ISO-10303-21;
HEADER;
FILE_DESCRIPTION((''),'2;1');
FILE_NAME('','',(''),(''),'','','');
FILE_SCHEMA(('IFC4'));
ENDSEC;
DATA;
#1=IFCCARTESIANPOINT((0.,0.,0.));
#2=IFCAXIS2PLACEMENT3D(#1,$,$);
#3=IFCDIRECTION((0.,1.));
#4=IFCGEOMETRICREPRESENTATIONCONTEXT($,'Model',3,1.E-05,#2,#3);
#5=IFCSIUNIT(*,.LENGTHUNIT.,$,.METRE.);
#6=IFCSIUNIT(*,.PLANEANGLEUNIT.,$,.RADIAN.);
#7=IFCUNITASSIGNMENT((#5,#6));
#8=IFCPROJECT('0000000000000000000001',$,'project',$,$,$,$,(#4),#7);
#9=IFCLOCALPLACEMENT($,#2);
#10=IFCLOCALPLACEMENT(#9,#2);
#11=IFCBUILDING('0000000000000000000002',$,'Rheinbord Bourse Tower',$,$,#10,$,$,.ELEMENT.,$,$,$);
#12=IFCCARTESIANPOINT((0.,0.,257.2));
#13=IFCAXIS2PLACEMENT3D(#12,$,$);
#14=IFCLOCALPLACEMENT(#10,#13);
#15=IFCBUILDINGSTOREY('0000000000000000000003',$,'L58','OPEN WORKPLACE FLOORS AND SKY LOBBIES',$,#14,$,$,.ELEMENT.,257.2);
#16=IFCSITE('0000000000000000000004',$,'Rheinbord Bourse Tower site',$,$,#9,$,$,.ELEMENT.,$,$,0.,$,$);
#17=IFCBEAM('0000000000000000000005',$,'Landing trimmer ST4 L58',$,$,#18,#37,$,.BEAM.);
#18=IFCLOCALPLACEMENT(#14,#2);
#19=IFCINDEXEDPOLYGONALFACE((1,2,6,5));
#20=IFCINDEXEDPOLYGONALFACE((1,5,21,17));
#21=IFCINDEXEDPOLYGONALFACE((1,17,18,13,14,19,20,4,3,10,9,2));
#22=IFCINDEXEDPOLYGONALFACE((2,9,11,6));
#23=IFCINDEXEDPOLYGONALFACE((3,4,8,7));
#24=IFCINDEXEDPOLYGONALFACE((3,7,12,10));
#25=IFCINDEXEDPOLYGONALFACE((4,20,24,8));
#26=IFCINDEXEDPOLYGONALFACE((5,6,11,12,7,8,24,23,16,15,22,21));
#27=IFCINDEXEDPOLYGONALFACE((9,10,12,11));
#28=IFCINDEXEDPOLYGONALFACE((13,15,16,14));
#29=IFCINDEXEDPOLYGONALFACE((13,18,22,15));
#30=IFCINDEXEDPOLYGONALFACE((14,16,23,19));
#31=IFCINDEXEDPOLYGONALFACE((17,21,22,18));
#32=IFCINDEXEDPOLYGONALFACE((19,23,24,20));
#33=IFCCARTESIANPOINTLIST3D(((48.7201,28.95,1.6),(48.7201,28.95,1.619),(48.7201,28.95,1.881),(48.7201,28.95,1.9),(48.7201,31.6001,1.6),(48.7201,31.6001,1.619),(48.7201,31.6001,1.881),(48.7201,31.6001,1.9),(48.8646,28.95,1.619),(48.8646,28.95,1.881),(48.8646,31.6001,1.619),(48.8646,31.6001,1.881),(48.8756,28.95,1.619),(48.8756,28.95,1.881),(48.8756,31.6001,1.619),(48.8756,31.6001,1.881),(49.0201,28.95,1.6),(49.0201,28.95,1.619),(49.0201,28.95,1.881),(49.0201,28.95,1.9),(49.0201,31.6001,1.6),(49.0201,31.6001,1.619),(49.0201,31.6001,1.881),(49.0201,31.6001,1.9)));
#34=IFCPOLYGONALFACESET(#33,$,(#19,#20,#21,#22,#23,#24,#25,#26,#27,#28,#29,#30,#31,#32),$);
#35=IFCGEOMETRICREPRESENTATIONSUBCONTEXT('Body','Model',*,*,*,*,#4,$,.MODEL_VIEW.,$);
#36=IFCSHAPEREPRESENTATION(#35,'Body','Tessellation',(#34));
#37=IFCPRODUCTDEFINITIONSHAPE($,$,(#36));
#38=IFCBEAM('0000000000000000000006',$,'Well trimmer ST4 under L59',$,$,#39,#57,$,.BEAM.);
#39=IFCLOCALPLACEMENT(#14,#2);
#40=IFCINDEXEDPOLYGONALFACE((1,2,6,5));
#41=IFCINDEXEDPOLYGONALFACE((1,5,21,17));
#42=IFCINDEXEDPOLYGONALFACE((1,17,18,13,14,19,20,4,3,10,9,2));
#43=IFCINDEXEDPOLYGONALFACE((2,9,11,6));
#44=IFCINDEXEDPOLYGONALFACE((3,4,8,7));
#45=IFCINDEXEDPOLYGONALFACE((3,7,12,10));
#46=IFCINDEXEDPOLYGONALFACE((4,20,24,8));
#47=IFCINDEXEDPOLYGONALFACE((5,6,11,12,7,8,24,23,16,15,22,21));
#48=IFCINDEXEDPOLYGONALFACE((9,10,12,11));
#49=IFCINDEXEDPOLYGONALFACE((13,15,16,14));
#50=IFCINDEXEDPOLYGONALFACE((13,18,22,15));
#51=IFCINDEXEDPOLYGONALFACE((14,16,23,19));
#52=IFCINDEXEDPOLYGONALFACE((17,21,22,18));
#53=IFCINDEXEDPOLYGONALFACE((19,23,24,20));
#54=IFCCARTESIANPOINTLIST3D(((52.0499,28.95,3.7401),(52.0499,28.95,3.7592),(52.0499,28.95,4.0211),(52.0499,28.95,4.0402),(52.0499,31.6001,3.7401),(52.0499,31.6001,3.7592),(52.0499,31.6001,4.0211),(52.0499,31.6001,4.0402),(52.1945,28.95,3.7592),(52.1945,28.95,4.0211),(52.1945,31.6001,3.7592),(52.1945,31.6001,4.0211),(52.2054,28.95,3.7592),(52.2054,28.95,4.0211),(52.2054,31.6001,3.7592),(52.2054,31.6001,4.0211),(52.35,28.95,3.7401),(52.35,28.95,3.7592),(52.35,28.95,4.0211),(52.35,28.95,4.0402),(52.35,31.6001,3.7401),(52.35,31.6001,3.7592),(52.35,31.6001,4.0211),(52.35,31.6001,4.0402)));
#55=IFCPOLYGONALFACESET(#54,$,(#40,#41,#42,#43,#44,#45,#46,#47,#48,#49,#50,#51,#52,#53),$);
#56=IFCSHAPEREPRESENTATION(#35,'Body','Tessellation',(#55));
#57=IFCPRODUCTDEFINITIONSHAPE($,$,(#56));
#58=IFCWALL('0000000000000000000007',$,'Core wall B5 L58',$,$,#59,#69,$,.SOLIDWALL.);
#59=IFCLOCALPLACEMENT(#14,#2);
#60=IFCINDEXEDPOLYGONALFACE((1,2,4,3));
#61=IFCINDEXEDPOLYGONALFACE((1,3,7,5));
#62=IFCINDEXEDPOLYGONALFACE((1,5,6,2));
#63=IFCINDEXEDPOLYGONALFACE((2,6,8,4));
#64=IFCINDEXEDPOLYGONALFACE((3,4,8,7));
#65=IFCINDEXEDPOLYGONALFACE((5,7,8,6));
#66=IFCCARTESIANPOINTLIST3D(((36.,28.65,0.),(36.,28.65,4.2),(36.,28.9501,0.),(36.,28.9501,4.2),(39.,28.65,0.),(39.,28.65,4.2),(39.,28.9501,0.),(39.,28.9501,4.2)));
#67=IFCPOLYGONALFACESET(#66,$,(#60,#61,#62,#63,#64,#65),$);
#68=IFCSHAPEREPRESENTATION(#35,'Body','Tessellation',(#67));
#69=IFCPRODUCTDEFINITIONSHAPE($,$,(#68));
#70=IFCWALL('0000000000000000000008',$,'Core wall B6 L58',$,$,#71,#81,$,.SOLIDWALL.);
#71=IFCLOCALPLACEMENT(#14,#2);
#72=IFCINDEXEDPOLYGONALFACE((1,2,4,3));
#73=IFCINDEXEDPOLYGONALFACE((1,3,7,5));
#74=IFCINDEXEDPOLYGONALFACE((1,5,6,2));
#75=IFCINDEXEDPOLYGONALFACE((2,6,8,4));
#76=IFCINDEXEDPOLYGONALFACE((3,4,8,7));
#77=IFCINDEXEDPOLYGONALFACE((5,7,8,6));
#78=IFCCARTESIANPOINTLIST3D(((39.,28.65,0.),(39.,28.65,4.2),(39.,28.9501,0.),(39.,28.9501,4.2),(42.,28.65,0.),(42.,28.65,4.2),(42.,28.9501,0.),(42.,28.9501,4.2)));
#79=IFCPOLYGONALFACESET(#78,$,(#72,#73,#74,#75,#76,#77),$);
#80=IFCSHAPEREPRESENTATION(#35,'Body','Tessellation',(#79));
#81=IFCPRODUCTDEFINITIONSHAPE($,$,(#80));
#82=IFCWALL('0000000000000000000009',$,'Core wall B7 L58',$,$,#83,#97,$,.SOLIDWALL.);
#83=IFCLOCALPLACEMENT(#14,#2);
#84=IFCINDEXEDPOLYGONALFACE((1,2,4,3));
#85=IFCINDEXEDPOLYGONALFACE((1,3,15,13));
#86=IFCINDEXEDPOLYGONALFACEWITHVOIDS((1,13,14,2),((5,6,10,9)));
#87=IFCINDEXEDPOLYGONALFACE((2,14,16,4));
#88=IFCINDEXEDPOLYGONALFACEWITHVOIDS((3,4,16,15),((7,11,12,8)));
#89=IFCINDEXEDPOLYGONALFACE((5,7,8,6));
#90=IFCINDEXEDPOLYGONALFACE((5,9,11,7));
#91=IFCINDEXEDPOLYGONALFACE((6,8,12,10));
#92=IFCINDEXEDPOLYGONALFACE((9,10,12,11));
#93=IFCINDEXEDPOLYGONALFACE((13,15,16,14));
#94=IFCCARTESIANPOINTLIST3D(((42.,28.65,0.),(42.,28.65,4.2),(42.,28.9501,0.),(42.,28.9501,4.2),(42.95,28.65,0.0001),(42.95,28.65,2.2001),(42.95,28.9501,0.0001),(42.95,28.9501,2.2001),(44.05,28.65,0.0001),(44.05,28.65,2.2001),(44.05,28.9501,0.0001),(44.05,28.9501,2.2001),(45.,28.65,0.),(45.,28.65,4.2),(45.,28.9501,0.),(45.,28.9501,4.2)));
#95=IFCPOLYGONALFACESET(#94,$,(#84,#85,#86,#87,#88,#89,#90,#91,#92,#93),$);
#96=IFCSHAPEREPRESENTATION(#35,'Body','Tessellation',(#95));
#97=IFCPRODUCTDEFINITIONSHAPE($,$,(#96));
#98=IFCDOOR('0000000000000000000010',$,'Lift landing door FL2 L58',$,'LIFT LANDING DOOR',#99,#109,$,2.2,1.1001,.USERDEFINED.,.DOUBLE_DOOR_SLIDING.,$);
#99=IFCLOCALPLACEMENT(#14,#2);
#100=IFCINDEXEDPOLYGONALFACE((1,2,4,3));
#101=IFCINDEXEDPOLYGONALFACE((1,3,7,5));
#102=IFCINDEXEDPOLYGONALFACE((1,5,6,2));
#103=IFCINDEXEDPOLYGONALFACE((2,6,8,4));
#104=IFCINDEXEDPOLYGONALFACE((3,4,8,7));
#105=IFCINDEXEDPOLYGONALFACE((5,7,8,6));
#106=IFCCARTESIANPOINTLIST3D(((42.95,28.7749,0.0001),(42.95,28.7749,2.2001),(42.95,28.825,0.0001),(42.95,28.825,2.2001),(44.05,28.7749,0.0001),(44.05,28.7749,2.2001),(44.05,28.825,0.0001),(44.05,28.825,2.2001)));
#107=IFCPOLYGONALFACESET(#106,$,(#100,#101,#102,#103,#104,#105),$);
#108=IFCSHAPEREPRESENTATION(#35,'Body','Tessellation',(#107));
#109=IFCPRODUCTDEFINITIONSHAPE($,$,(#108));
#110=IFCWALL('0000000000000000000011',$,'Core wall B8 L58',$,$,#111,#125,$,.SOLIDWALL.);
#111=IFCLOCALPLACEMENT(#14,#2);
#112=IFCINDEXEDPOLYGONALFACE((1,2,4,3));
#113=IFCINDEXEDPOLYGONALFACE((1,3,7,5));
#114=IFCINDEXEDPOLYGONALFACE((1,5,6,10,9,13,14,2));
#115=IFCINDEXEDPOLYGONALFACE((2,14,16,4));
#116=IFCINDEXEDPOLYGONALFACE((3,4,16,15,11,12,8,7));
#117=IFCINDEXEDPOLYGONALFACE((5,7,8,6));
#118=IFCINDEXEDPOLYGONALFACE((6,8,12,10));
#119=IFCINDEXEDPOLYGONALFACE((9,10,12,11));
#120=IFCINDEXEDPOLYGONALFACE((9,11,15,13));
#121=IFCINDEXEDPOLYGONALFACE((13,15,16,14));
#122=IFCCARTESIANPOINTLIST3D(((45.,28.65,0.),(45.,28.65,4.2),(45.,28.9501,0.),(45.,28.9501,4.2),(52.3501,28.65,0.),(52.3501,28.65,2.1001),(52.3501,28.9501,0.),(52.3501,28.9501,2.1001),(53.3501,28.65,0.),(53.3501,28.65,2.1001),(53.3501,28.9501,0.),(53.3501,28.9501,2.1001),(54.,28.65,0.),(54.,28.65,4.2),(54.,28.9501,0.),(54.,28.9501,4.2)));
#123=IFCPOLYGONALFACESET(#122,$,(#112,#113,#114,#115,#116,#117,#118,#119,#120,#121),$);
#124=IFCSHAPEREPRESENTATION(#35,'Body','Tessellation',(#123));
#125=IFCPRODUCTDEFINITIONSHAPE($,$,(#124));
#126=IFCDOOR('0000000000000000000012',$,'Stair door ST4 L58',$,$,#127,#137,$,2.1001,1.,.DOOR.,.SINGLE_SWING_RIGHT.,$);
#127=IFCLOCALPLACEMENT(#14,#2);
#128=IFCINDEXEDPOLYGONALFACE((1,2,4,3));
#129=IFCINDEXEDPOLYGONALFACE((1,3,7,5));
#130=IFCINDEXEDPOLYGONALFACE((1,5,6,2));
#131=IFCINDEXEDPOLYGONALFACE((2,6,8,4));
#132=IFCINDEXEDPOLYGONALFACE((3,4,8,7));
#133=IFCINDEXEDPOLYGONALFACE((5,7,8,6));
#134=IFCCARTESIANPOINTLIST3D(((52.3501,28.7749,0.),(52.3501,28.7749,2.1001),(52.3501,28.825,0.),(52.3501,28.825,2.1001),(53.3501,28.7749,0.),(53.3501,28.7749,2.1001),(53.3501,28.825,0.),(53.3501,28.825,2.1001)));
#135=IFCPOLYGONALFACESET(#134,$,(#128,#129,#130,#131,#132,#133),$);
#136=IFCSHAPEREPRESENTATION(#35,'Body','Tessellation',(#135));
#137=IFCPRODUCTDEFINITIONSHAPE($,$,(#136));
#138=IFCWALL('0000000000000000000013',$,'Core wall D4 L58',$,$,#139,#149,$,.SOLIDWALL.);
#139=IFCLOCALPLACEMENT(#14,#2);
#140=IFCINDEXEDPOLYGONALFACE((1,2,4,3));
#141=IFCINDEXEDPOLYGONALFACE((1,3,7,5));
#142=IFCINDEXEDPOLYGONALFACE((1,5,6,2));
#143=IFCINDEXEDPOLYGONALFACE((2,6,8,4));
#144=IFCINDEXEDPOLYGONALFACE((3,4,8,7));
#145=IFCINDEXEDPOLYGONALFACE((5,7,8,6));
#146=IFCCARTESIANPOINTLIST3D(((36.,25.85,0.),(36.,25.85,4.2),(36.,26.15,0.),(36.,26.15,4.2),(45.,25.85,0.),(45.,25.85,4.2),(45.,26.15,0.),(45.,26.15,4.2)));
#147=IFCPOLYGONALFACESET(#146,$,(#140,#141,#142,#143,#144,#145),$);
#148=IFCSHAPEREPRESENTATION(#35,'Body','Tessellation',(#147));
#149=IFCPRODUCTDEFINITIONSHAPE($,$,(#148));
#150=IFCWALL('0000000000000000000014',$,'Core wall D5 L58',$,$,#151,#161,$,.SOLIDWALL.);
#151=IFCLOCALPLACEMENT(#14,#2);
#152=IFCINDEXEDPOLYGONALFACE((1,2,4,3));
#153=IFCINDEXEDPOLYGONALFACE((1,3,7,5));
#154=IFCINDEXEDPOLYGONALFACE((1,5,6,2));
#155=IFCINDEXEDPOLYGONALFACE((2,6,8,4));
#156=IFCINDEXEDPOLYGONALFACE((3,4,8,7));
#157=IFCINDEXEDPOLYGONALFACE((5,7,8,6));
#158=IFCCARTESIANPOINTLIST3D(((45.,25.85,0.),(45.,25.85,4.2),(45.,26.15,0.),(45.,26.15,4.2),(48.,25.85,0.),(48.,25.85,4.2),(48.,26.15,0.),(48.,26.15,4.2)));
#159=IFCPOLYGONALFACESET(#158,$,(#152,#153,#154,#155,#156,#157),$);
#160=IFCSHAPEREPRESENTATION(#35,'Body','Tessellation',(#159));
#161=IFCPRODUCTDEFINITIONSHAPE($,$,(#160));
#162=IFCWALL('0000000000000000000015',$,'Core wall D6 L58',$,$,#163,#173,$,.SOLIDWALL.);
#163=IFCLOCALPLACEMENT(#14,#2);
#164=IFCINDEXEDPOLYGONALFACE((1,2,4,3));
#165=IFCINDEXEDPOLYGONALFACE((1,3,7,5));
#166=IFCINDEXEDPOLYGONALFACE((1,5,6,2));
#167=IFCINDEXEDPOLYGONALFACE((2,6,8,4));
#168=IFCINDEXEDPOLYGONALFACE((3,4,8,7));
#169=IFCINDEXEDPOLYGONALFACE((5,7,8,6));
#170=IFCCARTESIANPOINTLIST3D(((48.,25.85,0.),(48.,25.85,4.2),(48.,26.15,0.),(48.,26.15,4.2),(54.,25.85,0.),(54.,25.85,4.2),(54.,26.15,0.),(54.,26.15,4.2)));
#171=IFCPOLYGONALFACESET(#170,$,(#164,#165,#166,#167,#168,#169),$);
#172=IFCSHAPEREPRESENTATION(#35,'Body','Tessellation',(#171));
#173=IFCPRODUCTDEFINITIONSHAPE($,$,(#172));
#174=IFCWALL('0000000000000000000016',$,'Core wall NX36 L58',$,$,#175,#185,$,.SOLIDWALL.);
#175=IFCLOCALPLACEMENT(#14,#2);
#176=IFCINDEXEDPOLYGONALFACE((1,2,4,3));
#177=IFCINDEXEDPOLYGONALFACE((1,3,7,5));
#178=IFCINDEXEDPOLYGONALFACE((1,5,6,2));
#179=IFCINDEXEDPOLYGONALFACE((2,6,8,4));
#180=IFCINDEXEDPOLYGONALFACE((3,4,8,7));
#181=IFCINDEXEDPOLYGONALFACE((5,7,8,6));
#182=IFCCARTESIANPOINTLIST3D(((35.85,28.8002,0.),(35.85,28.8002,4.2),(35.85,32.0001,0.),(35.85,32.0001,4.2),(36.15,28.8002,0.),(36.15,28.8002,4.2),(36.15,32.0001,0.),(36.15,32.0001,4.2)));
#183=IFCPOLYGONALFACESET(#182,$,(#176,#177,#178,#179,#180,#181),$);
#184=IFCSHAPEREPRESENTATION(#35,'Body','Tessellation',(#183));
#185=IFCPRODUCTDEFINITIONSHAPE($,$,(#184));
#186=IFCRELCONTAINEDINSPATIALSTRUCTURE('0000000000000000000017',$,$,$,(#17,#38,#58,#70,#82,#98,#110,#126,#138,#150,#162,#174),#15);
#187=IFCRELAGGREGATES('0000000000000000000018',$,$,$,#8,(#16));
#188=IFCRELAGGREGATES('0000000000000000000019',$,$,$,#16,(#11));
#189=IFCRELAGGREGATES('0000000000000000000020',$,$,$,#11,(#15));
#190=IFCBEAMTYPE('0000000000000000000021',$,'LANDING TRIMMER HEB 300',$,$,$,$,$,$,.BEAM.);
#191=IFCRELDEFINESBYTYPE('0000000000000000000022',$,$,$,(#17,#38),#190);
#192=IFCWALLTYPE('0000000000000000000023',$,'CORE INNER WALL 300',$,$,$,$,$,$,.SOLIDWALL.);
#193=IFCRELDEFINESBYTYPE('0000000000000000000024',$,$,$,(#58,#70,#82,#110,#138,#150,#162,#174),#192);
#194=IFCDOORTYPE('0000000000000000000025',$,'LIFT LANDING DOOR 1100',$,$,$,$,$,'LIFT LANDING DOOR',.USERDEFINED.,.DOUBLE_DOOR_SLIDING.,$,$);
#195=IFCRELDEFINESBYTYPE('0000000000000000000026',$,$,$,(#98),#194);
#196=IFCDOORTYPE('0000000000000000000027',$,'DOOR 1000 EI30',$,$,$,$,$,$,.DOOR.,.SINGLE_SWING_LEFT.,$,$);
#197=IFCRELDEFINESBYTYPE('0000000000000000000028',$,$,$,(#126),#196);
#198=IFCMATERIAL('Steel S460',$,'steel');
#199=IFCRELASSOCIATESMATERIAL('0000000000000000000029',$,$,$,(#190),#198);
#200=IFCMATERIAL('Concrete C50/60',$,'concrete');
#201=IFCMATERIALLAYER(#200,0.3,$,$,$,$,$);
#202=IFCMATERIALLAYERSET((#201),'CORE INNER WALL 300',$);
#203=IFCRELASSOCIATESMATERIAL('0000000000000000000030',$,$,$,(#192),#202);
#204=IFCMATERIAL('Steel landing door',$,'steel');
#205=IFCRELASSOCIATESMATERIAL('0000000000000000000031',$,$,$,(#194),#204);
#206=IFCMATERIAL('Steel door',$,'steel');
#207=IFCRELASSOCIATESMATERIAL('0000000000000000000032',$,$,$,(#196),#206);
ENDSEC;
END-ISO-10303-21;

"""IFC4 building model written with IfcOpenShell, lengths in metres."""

from ifc_helpers import new_model, si_unit, direction, frame, frame_2d, origin, origin_2d, place, context, subcontext, project, spatial, rectangle, i_section, extrude, material, layer, layer_set, material_profile, profile_set, type_object, element, fill, save


model = new_model("IFC4")

# Units and contexts
model_context = context("Model", 3, precision=1e-05, world=origin(), true_north=direction((0.0, 1.0)))
body_context = subcontext(model_context, "Body", "Model", "MODEL_VIEW")
ifc_project = project(units=[si_unit("LENGTHUNIT", "METRE"), si_unit("PLANEANGLEUNIT", "RADIAN")], contexts=[model_context])

# Site, building, storey
site_placement = place(None, origin())
site = spatial("IfcSite", under=ifc_project, at=site_placement, Name="Rheinbord Bourse Tower site", CompositionType="ELEMENT", RefElevation=0.0)
building_placement = place(site_placement, origin())
building = spatial("IfcBuilding", under=site, at=building_placement, Name="Rheinbord Bourse Tower", CompositionType="ELEMENT")
storey_placement = place(building_placement, frame((0.0, 0.0, 257.2)))
storey = spatial("IfcBuildingStorey", under=building, at=storey_placement, Name="L58", Description="OPEN WORKPLACE FLOORS AND SKY LOBBIES", CompositionType="ELEMENT", Elevation=257.2)

# Beams
ifc_material_1 = material(Name="Steel S460", Category="steel")
ifc_material_profile = material_profile(ifc_material_1, i_section(OverallWidth=0.3, OverallDepth=0.3, WebThickness=0.011, FlangeThickness=0.019, at=origin_2d()), Name="HEB 300")
ifc_profile_set = profile_set([ifc_material_profile], Name="Steel S460")
beam_type = type_object("IfcBeamType", Name="LANDING TRIMMER HEB 300", PredefinedType="BEAM", material=ifc_profile_set)
for number, where, z_axis, x_axis, name in (
    (1, (48.8701, 28.95, 1.75), (0.0, 1.0, 0.0), (-1.0, 0.0, 0.0), "Landing trimmer ST4 L58"),
    (2, (52.2, 28.95, 3.8901), (0.0, 1.0, 0.0), (-1.0, 0.0, 0.0), "Well trimmer ST4 under L59"),
):
    element("IfcBeam", number, at=place(storey_placement, frame(where, z_axis=z_axis, x_axis=x_axis)), inside=storey, type_object=beam_type, Name=name, PredefinedType="BEAM", context=body_context, shape_type="SweptSolid", body=[
        extrude(i_section(OverallWidth=0.3, OverallDepth=0.3, WebThickness=0.011, FlangeThickness=0.019, at=origin_2d()), origin(), (0.0, 0.0, 1.0), 2.6501),
    ])

# Walls
ifc_material_2 = material(Name="Concrete C50/60", Category="concrete")
ifc_layer_1 = layer(ifc_material_2, 0.3)
ifc_layer_set_1 = layer_set([ifc_layer_1], Name="CORE INNER WALL 300")
wall_type_1 = type_object("IfcWallType", Name="CORE INNER WALL 300", PredefinedType="SOLIDWALL", material=ifc_layer_set_1)
for number, where, z_axis, x_axis, name in (
    (3, (36.0, 28.8, 0.0), (0.0, 0.0, 1.0), (1.0, 0.0, 0.0), "Core wall B5 L58"),
    (4, (39.0, 28.8, 0.0), (0.0, 0.0, 1.0), (1.0, 0.0, 0.0), "Core wall B6 L58"),
):
    element("IfcWall", number, at=place(storey_placement, frame(where, z_axis=z_axis, x_axis=x_axis)), inside=storey, type_object=wall_type_1, Name=name, PredefinedType="SOLIDWALL", context=body_context, shape_type="SweptSolid", body=[
        extrude(rectangle(XDim=3.0, YDim=0.3, at=frame_2d((1.5, 0.0))), origin(), (0.0, 0.0, 1.0), 4.2),
    ])

# Walls, openings, doors
wall_1_placement = place(storey_placement, frame((42.0, 28.8, 0.0), z_axis=(0.0, 0.0, 1.0), x_axis=(1.0, 0.0, 0.0)))
wall_1 = element("IfcWall", 5, at=wall_1_placement, inside=storey, type_object=wall_type_1, Name="Core wall B7 L58", PredefinedType="SOLIDWALL", context=body_context, shape_type="SweptSolid", body=[
    extrude(rectangle(XDim=3.0, YDim=0.3, at=frame_2d((1.5, 0.0))), origin(), (0.0, 0.0, 1.0), 4.2),
])
opening_1_placement = place(wall_1_placement, frame((0.95, 0.0, 0.0)))
opening_1 = element("IfcOpeningElement", 6, at=opening_1_placement, cuts=wall_1, PredefinedType="OPENING", context=body_context, shape_type="SweptSolid", body=[
    extrude(rectangle(XDim=1.1001, YDim=2.2, at=frame_2d((0.55, 1.1001))), frame((0.0, 0.1599, 0.0), z_axis=(0.0, -1.0, 0.0), x_axis=(1.0, 0.0, 0.0)), (0.0, 0.0, 1.0), 0.3201),
])
ifc_material_3 = material(Name="Steel landing door", Category="steel")
door_type_1 = type_object("IfcDoorType", Name="LIFT LANDING DOOR 1100", ElementType="LIFT LANDING DOOR", OperationType="DOUBLE_DOOR_SLIDING", PredefinedType="USERDEFINED", material=ifc_material_3)
door_1_placement = place(opening_1_placement, origin())
door_1 = element("IfcDoor", 7, at=door_1_placement, inside=storey, type_object=door_type_1, Name="Lift landing door FL2 L58", ObjectType="LIFT LANDING DOOR", OperationType="DOUBLE_DOOR_SLIDING", OverallHeight=2.2, OverallWidth=1.1001, PredefinedType="USERDEFINED", context=body_context, shape_type="SweptSolid", body=[
    extrude(rectangle(XDim=1.1001, YDim=2.2, at=frame_2d((0.55, 1.1001))), frame((0.0, 0.0249, 0.0), z_axis=(0.0, -1.0, 0.0), x_axis=(1.0, 0.0, 0.0)), (0.0, 0.0, 1.0), 0.05),
])
fill(opening_1, door_1)
wall_2_placement = place(storey_placement, frame((45.0, 28.8, 0.0), z_axis=(0.0, 0.0, 1.0), x_axis=(1.0, 0.0, 0.0)))
wall_2 = element("IfcWall", 8, at=wall_2_placement, inside=storey, type_object=wall_type_1, Name="Core wall B8 L58", PredefinedType="SOLIDWALL", context=body_context, shape_type="SweptSolid", body=[
    extrude(rectangle(XDim=9.0, YDim=0.3, at=frame_2d((4.5, 0.0))), origin(), (0.0, 0.0, 1.0), 4.2),
])
opening_2_placement = place(wall_2_placement, frame((7.3501, 0.0, 0.0)))
opening_2 = element("IfcOpeningElement", 9, at=opening_2_placement, cuts=wall_2, PredefinedType="OPENING", context=body_context, shape_type="SweptSolid", body=[
    extrude(rectangle(XDim=1.0, YDim=2.1001, at=frame_2d((0.5, 1.05))), frame((0.0, 0.1599, 0.0), z_axis=(0.0, -1.0, 0.0), x_axis=(1.0, 0.0, 0.0)), (0.0, 0.0, 1.0), 0.3201),
])
ifc_material_4 = material(Name="Steel door", Category="steel")
door_type_2 = type_object("IfcDoorType", Name="DOOR 1000 EI30", OperationType="SINGLE_SWING_LEFT", PredefinedType="DOOR", material=ifc_material_4)
door_2_placement = place(opening_2_placement, origin())
door_2 = element("IfcDoor", 10, at=door_2_placement, inside=storey, type_object=door_type_2, Name="Stair door ST4 L58", OperationType="SINGLE_SWING_RIGHT", OverallHeight=2.1001, OverallWidth=1.0, PredefinedType="DOOR", context=body_context, shape_type="SweptSolid", body=[
    extrude(rectangle(XDim=1.0, YDim=2.1001, at=frame_2d((0.5, 1.05))), frame((0.0, 0.0249, 0.0), z_axis=(0.0, -1.0, 0.0), x_axis=(1.0, 0.0, 0.0)), (0.0, 0.0, 1.0), 0.05),
])
fill(opening_2, door_2)

# Walls
wall_3_placement = place(storey_placement, frame((36.0, 26.0, 0.0), z_axis=(0.0, 0.0, 1.0), x_axis=(1.0, 0.0, 0.0)))
element("IfcWall", 11, at=wall_3_placement, inside=storey, type_object=wall_type_1, Name="Core wall D4 L58", PredefinedType="SOLIDWALL", context=body_context, shape_type="SweptSolid", body=[
    extrude(rectangle(XDim=9.0, YDim=0.3, at=frame_2d((4.5, 0.0))), origin(), (0.0, 0.0, 1.0), 4.2),
])
wall_4_placement = place(storey_placement, frame((45.0, 26.0, 0.0), z_axis=(0.0, 0.0, 1.0), x_axis=(1.0, 0.0, 0.0)))
element("IfcWall", 12, at=wall_4_placement, inside=storey, type_object=wall_type_1, Name="Core wall D5 L58", PredefinedType="SOLIDWALL", context=body_context, shape_type="SweptSolid", body=[
    extrude(rectangle(XDim=3.0, YDim=0.3, at=frame_2d((1.5, 0.0))), origin(), (0.0, 0.0, 1.0), 4.2),
])
wall_5_placement = place(storey_placement, frame((48.0, 26.0, 0.0), z_axis=(0.0, 0.0, 1.0), x_axis=(1.0, 0.0, 0.0)))
element("IfcWall", 13, at=wall_5_placement, inside=storey, type_object=wall_type_1, Name="Core wall D6 L58", PredefinedType="SOLIDWALL", context=body_context, shape_type="SweptSolid", body=[
    extrude(rectangle(XDim=6.0, YDim=0.3, at=frame_2d((3.0, 0.0))), origin(), (0.0, 0.0, 1.0), 4.2),
])
for number, where, z_axis, x_axis, name in (
    (14, (36.0, 28.8, 0.0), (0.0, 0.0, 1.0), (0.0, 1.0, 0.0), "Core wall NX36 L58"),
):
    element("IfcWall", number, at=place(storey_placement, frame(where, z_axis=z_axis, x_axis=x_axis)), inside=storey, type_object=wall_type_1, Name=name, PredefinedType="SOLIDWALL", context=body_context, shape_type="SweptSolid", body=[
        extrude(rectangle(XDim=3.2, YDim=0.3, at=frame_2d((1.6001, 0.0))), origin(), (0.0, 0.0, 1.0), 4.2),
    ])

save(model, "model.ifc")
